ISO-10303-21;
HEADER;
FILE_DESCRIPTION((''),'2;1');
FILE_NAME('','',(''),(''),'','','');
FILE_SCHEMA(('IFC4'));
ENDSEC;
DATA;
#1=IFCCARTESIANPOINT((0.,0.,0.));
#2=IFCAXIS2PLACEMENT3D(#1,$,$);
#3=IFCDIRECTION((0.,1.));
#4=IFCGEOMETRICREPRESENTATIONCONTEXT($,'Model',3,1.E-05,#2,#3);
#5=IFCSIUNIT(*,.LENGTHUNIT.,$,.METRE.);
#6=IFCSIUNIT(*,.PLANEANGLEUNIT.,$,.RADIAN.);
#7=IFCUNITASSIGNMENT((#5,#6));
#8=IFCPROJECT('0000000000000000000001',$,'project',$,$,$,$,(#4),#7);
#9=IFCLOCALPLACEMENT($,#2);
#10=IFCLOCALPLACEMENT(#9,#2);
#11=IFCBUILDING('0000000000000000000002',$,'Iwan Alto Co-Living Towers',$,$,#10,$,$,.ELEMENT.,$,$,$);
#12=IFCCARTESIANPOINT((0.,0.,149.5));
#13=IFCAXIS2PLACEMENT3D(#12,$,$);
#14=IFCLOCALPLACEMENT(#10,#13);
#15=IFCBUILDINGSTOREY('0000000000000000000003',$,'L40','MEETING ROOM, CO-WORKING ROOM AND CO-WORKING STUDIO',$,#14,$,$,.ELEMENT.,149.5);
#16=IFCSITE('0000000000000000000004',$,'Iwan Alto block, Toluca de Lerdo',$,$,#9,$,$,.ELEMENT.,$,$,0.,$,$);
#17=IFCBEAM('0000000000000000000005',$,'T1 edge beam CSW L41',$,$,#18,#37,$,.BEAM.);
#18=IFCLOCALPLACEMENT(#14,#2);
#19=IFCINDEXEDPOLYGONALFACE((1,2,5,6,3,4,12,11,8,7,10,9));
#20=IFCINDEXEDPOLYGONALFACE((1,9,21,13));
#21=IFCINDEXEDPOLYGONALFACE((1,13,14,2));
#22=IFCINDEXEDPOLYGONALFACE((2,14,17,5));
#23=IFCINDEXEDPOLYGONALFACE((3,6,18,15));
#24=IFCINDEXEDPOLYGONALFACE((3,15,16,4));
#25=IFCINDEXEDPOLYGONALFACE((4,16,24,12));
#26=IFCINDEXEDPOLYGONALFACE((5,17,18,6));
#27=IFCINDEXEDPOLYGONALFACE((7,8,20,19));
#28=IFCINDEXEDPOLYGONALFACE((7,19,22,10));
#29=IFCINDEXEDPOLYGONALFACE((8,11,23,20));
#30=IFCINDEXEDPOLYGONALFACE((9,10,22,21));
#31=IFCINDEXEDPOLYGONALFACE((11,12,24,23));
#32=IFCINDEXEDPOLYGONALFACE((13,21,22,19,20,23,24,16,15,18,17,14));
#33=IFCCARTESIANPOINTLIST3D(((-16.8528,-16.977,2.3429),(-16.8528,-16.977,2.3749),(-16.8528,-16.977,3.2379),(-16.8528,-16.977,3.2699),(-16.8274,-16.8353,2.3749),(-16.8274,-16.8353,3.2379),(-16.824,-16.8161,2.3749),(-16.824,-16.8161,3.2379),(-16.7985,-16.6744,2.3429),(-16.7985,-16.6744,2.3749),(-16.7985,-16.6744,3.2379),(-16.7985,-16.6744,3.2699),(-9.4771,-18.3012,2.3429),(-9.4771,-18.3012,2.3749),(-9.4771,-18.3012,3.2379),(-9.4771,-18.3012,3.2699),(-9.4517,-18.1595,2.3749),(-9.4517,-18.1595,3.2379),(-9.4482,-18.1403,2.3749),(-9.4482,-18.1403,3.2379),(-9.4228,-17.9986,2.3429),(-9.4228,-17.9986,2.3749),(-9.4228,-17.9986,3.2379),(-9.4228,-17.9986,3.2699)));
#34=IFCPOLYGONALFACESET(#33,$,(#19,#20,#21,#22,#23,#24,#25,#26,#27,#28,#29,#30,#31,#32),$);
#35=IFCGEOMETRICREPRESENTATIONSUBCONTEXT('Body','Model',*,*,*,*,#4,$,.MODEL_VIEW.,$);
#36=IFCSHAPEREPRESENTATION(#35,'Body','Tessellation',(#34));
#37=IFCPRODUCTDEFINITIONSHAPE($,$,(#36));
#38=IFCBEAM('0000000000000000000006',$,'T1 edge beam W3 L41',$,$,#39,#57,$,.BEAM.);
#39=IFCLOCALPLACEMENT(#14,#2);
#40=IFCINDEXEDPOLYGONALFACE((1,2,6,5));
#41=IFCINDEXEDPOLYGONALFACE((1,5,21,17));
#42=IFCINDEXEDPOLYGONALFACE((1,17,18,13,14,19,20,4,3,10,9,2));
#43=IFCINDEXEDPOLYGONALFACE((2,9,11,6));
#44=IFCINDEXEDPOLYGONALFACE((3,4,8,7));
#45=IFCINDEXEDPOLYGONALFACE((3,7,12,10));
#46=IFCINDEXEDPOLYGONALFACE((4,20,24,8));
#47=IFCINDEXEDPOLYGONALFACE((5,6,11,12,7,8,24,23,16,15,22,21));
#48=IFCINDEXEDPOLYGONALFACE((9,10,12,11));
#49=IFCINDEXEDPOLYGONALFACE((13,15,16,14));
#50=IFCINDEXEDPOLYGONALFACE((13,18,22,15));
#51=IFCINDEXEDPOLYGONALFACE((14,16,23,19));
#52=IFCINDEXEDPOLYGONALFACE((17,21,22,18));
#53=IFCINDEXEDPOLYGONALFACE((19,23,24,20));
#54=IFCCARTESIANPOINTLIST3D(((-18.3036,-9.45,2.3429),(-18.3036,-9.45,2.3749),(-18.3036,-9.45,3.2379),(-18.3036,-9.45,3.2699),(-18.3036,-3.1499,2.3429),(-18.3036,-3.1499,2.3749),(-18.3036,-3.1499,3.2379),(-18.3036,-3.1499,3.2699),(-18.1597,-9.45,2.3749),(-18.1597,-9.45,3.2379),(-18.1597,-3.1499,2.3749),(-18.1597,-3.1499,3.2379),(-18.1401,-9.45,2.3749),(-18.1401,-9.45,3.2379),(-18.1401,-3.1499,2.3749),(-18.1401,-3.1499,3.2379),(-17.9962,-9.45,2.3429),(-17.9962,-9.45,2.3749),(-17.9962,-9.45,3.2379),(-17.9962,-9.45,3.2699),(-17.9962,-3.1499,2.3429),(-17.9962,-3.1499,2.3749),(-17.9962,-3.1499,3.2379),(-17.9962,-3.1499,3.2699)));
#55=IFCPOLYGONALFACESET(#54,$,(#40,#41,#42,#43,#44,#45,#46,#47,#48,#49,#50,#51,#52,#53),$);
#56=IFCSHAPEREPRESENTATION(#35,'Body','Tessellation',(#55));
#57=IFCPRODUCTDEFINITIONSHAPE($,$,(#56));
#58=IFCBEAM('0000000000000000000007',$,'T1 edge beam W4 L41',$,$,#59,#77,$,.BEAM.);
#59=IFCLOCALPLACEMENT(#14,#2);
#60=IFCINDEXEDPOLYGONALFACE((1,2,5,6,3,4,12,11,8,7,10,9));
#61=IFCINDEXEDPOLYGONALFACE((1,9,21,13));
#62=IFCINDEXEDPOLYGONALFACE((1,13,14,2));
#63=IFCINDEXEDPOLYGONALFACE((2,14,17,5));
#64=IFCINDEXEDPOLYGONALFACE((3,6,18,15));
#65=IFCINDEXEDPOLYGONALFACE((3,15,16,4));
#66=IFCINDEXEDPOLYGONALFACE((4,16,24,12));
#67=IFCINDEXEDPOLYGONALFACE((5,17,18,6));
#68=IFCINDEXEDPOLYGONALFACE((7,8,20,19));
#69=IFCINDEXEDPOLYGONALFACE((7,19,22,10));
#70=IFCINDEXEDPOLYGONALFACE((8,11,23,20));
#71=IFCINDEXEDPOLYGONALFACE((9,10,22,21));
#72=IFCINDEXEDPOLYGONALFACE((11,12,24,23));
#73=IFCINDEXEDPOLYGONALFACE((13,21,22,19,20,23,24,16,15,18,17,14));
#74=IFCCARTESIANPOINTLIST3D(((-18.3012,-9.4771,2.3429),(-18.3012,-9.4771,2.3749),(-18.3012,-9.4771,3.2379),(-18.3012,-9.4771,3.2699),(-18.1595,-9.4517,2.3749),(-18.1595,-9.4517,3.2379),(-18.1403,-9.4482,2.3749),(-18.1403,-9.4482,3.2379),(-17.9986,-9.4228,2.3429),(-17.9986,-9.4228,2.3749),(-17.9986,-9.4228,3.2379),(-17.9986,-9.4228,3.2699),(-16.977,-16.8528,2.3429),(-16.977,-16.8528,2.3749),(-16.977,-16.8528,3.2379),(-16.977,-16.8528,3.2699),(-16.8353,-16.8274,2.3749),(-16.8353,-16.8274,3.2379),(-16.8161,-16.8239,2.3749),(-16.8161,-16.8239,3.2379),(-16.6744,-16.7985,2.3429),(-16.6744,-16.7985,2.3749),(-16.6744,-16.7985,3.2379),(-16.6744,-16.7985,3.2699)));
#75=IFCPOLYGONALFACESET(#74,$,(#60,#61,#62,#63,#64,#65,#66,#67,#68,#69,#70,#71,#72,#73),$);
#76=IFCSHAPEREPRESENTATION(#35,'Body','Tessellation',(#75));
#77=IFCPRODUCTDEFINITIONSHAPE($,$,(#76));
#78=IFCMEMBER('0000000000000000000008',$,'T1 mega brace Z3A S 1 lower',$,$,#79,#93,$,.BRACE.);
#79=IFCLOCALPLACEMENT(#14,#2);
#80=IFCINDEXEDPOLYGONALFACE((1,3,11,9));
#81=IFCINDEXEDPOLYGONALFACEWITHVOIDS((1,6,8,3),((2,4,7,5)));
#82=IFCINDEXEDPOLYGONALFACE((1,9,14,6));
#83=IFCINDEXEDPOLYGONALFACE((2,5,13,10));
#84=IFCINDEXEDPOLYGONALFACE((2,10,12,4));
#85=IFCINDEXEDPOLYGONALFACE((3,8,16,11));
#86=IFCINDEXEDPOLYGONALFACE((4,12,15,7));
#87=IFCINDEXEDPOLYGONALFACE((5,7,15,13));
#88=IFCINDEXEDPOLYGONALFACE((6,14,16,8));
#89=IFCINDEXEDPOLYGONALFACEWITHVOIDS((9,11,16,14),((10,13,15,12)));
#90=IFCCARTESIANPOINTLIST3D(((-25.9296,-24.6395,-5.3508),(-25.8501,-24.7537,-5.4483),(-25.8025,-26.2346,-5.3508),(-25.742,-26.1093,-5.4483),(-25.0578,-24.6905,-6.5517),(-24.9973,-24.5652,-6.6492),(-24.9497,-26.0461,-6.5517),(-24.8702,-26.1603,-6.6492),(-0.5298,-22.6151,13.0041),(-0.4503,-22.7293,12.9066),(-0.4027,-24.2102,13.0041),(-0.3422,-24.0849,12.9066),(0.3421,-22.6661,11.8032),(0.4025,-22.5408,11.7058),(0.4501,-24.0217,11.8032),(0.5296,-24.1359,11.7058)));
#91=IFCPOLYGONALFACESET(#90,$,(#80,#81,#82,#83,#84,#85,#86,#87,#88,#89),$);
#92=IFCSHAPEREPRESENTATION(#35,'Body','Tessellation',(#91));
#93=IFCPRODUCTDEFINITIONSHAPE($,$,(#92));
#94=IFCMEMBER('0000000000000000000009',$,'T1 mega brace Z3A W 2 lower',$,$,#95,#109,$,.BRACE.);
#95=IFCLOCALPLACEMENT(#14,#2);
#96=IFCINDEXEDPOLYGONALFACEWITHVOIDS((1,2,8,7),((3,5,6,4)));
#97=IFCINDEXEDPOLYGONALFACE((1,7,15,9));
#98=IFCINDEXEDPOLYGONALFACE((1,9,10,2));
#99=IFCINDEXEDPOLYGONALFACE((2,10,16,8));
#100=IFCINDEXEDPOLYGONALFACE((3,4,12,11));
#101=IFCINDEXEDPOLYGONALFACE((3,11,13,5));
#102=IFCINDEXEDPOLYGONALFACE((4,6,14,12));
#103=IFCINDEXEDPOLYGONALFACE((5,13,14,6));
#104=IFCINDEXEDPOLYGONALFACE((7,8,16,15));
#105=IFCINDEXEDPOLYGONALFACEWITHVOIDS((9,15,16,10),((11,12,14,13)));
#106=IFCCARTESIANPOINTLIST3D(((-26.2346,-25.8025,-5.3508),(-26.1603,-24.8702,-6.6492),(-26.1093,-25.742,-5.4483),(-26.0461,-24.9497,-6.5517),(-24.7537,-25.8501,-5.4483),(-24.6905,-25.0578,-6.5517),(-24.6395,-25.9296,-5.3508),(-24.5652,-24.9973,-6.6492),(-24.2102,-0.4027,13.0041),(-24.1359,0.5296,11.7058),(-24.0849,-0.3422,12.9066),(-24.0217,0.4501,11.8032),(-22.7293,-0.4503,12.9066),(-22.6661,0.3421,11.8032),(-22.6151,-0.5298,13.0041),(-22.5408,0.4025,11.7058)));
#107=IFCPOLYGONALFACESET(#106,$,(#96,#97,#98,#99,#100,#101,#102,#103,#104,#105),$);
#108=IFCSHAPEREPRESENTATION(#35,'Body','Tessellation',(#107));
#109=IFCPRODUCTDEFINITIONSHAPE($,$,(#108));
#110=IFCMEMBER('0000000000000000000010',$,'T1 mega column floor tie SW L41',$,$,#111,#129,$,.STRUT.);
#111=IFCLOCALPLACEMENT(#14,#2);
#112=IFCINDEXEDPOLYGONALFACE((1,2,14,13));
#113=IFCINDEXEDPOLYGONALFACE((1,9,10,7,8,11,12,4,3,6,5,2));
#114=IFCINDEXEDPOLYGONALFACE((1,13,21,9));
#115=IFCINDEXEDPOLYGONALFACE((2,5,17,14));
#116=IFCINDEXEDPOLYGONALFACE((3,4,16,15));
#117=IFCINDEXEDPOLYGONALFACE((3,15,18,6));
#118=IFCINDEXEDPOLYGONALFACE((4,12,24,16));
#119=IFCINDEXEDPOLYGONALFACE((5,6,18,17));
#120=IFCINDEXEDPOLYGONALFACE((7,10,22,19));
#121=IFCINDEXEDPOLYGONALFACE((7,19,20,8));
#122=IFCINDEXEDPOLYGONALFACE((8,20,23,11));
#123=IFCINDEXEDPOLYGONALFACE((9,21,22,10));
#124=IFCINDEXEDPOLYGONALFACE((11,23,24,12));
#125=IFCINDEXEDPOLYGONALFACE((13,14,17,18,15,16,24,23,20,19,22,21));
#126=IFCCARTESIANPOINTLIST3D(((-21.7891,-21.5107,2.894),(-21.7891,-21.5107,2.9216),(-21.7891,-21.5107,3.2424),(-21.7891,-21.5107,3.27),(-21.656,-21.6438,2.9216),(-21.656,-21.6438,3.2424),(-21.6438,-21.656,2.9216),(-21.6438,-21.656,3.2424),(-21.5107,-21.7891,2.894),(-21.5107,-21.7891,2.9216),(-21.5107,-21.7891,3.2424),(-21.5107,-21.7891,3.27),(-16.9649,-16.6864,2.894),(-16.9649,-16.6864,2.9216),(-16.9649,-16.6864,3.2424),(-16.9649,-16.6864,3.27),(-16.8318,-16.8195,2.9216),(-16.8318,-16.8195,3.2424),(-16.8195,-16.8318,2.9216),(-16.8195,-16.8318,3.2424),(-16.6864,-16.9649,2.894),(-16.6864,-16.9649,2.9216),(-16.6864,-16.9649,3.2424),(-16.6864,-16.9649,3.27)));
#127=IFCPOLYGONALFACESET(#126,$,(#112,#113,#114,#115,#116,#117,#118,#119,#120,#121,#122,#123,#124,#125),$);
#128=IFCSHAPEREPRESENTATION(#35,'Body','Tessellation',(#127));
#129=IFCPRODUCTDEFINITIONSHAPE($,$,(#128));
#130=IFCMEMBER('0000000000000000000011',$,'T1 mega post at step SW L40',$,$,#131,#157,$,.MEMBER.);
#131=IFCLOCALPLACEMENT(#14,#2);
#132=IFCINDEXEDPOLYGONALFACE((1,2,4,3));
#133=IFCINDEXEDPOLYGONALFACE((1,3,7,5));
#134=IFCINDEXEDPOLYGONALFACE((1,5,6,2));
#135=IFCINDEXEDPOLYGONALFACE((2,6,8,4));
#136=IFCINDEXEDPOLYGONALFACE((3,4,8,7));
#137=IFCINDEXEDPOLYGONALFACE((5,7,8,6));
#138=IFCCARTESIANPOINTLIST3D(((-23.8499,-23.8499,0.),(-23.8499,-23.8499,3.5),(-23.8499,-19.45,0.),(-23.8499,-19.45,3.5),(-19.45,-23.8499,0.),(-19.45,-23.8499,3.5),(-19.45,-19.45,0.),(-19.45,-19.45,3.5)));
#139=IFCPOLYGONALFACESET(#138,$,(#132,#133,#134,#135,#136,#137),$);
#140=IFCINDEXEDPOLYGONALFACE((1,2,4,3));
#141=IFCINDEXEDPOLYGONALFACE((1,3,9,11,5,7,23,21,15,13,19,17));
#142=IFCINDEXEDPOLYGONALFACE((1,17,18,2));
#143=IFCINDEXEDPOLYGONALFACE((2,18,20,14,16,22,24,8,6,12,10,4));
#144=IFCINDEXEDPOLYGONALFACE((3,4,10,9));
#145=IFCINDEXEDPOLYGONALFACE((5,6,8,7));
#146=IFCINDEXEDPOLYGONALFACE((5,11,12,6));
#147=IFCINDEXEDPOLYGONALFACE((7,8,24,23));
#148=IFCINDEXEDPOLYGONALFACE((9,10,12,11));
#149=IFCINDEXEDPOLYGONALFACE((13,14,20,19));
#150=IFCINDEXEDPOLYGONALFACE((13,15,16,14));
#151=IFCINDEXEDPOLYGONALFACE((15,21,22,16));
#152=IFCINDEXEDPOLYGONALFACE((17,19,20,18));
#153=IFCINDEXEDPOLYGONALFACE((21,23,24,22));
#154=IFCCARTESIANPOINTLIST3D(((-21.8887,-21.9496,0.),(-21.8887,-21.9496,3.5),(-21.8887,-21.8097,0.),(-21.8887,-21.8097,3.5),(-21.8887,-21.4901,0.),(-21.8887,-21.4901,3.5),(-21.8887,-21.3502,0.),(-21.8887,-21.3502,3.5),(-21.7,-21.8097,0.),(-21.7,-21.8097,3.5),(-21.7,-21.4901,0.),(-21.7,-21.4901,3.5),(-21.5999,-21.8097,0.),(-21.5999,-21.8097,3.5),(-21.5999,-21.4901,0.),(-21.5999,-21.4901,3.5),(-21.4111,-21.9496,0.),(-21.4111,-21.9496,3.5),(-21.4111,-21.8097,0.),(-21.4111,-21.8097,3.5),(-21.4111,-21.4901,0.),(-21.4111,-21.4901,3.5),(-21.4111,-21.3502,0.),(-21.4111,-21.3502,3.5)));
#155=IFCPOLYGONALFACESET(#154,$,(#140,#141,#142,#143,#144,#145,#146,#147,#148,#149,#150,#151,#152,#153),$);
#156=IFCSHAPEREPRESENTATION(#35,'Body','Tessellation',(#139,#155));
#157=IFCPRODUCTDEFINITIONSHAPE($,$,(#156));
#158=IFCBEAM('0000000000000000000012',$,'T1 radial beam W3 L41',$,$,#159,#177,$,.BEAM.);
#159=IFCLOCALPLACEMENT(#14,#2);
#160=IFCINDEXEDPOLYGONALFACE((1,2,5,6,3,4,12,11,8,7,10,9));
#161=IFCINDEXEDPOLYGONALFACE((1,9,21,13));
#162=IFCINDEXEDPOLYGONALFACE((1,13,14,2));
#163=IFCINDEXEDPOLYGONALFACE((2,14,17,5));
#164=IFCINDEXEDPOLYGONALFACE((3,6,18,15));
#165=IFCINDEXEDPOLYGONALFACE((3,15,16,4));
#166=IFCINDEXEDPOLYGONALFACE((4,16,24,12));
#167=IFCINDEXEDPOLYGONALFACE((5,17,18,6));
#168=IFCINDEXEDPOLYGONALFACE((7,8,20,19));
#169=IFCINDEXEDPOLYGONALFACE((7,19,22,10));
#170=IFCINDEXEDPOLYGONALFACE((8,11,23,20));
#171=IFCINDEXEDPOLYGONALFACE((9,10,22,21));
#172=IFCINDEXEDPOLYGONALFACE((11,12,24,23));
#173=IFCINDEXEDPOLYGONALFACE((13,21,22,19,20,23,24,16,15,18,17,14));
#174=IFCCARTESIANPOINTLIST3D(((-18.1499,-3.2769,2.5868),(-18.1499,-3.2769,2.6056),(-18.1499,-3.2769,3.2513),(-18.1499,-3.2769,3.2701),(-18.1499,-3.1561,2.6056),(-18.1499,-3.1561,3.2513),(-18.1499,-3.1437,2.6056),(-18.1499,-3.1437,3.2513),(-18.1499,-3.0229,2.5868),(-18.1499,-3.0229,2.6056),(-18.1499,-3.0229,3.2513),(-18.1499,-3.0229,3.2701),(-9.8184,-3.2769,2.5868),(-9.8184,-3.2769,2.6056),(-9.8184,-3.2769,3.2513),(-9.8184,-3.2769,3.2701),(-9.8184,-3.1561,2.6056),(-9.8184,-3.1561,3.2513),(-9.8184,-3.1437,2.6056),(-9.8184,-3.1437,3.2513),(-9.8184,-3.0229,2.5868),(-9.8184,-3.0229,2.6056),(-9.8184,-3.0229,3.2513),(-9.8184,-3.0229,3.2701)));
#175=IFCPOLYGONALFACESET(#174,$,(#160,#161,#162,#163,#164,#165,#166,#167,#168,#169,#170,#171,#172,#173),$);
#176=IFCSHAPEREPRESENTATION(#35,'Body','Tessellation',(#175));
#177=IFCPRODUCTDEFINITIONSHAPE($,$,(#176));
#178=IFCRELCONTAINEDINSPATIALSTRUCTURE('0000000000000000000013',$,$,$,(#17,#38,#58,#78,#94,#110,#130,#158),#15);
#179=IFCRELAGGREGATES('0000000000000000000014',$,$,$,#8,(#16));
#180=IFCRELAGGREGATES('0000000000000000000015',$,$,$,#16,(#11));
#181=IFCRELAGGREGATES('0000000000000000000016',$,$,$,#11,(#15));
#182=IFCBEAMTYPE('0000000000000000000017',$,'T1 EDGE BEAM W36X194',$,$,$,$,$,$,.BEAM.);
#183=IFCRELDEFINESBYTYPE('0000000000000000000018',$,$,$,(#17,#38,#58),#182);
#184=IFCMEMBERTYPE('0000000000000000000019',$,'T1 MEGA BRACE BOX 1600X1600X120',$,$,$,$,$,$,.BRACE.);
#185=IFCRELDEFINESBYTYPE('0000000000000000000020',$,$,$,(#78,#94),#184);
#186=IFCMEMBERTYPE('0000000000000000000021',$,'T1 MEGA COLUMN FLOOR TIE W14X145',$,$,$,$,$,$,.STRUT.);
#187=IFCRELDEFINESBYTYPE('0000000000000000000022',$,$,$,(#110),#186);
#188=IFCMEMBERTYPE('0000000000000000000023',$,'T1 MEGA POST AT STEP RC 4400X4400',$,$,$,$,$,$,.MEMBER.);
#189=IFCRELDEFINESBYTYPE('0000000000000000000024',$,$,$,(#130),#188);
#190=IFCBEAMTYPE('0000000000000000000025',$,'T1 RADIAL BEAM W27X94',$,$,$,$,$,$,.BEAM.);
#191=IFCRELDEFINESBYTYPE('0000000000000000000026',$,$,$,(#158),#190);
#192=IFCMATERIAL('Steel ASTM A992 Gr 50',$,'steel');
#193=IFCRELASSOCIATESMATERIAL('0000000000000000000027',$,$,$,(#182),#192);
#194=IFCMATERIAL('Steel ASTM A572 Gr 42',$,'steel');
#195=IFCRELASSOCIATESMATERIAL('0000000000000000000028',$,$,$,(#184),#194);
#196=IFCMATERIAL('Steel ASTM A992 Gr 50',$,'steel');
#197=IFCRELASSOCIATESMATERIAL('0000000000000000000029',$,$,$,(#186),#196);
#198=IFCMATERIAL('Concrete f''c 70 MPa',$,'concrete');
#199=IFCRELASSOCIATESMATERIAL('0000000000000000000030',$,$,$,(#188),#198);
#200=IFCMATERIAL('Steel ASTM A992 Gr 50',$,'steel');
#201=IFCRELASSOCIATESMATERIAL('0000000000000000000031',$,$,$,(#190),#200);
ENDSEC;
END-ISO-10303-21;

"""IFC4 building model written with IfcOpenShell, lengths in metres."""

from ifc_helpers import new_model, si_unit, direction, frame, origin, origin_2d, place, context, subcontext, project, spatial, rectangle, hollow_rectangle, i_section, extrude, material, material_profile, profile_set, type_object, element, save


model = new_model("IFC4")

# Units and contexts
model_context = context("Model", 3, precision=1e-05, world=origin(), true_north=direction((0.0, 1.0)))
body_context = subcontext(model_context, "Body", "Model", "MODEL_VIEW")
ifc_project = project(units=[si_unit("LENGTHUNIT", "METRE"), si_unit("PLANEANGLEUNIT", "RADIAN")], contexts=[model_context])

# Site, building, storey
site_placement = place(None, origin())
site = spatial("IfcSite", under=ifc_project, at=site_placement, Name="Iwan Alto block, Toluca de Lerdo", CompositionType="ELEMENT", RefElevation=0.0)
building_placement = place(site_placement, origin())
building = spatial("IfcBuilding", under=site, at=building_placement, Name="Iwan Alto Co-Living Towers", CompositionType="ELEMENT")
storey_placement = place(building_placement, frame((0.0, 0.0, 149.5)))
storey = spatial("IfcBuildingStorey", under=building, at=storey_placement, Name="L40", Description="MEETING ROOM, CO-WORKING ROOM AND CO-WORKING STUDIO", CompositionType="ELEMENT", Elevation=149.5)

# Beams
ifc_material_1 = material(Name="Steel ASTM A992 Gr 50", Category="steel")
ifc_material_profile_1 = material_profile(ifc_material_1, i_section(OverallWidth=0.3074, OverallDepth=0.927, WebThickness=0.0195, FlangeThickness=0.032, at=origin_2d()), Name="W36X194")
ifc_profile_set_1 = profile_set([ifc_material_profile_1], Name="Steel ASTM A992 Gr 50")
beam_type_1 = type_object("IfcBeamType", Name="T1 EDGE BEAM W36X194", PredefinedType="BEAM", material=ifc_profile_set_1)
beam_1_placement = place(storey_placement, frame((-16.8257, -16.8257, 2.8064), z_axis=(0.984263, -0.176712, 0.0), x_axis=(0.176712, 0.984263, 0.0)))
element("IfcBeam", 1, at=beam_1_placement, inside=storey, type_object=beam_type_1, Name="T1 edge beam CSW L41", PredefinedType="BEAM", context=body_context, shape_type="SweptSolid", body=[
    extrude(i_section(OverallWidth=0.3074, OverallDepth=0.927, WebThickness=0.0195, FlangeThickness=0.032, at=origin_2d()), origin(), (0.0, 0.0, 1.0), 7.4937),
])
beam_2_placement = place(storey_placement, frame((-18.1499, -3.1499, 2.8064), z_axis=(0.0, -1.0, 0.0), x_axis=(1.0, 0.0, 0.0)))
element("IfcBeam", 2, at=beam_2_placement, inside=storey, type_object=beam_type_1, Name="T1 edge beam W3 L41", PredefinedType="BEAM", context=body_context, shape_type="SweptSolid", body=[
    extrude(i_section(OverallWidth=0.3074, OverallDepth=0.927, WebThickness=0.0195, FlangeThickness=0.032, at=origin_2d()), origin(), (0.0, 0.0, 1.0), 6.3),
])
beam_3_placement = place(storey_placement, frame((-18.1499, -9.45, 2.8064), z_axis=(0.176712, -0.984263, 0.0), x_axis=(0.984263, 0.176712, 0.0)))
element("IfcBeam", 3, at=beam_3_placement, inside=storey, type_object=beam_type_1, Name="T1 edge beam W4 L41", PredefinedType="BEAM", context=body_context, shape_type="SweptSolid", body=[
    extrude(i_section(OverallWidth=0.3074, OverallDepth=0.927, WebThickness=0.0195, FlangeThickness=0.032, at=origin_2d()), origin(), (0.0, 0.0, 1.0), 7.4937),
])

# Members
ifc_material_2 = material(Name="Steel ASTM A572 Gr 42", Category="steel")
ifc_material_profile_2 = material_profile(ifc_material_2, hollow_rectangle(XDim=1.6001, YDim=1.6001, WallThickness=0.1201, at=origin_2d()), Name="BOX 1600X1600X120")
ifc_profile_set_2 = profile_set([ifc_material_profile_2], Name="Steel ASTM A572 Gr 42")
member_type_1 = type_object("IfcMemberType", Name="T1 MEGA BRACE BOX 1600X1600X120", PredefinedType="BRACE", material=ifc_profile_set_2)
for number, where, z_axis, x_axis, name in (
    (4, (-25.3999, -25.3999, -6.0), (0.808833, 0.064465, 0.584495), (-0.07945, 0.996839, 0.0), "T1 mega brace Z3A S 1 lower"),
    (5, (-25.3999, -25.3999, -6.0), (0.064465, 0.808833, 0.584495), (-0.996839, 0.07945, 0.0), "T1 mega brace Z3A W 2 lower"),
):
    element("IfcMember", number, at=place(storey_placement, frame(where, z_axis=z_axis, x_axis=x_axis)), inside=storey, type_object=member_type_1, Name=name, PredefinedType="BRACE", context=body_context, shape_type="SweptSolid", body=[
        extrude(hollow_rectangle(XDim=1.6001, YDim=1.6001, WallThickness=0.1201, at=origin_2d()), origin(), (0.0, 0.0, 1.0), 31.4031),
    ])
ifc_material_3 = material(Name="Steel ASTM A992 Gr 50", Category="steel")
ifc_material_profile_3 = material_profile(ifc_material_3, i_section(OverallWidth=0.3938, OverallDepth=0.376, WebThickness=0.0173, FlangeThickness=0.0276, at=origin_2d()), Name="W14X145")
ifc_profile_set_3 = profile_set([ifc_material_profile_3], Name="Steel ASTM A992 Gr 50")
member_type_2 = type_object("IfcMemberType", Name="T1 MEGA COLUMN FLOOR TIE W14X145", PredefinedType="STRUT", material=ifc_profile_set_3)
member_1_placement = place(storey_placement, frame((-21.6499, -21.6499, 3.082), z_axis=(0.707107, 0.707107, 0.0), x_axis=(-0.707107, 0.707107, 0.0)))
element("IfcMember", 6, at=member_1_placement, inside=storey, type_object=member_type_2, Name="T1 mega column floor tie SW L41", PredefinedType="STRUT", context=body_context, shape_type="SweptSolid", body=[
    extrude(i_section(OverallWidth=0.3938, OverallDepth=0.376, WebThickness=0.0173, FlangeThickness=0.0276, at=origin_2d()), origin(), (0.0, 0.0, 1.0), 6.8225),
])
ifc_material_4 = material(Name="Concrete f'c 70 MPa", Category="concrete")
ifc_material_profile_4 = material_profile(ifc_material_4, rectangle(XDim=4.3999, YDim=4.3999, at=origin_2d()), Name="RC 4400X4400")
ifc_profile_set_4 = profile_set([ifc_material_profile_4], Name="Concrete f'c 70 MPa")
member_type_3 = type_object("IfcMemberType", Name="T1 MEGA POST AT STEP RC 4400X4400", PredefinedType="MEMBER", material=ifc_profile_set_4)
member_2_placement = place(storey_placement, frame((-21.6499, -21.6499, 0.0), z_axis=(0.0, 0.0, 1.0), x_axis=(1.0, 0.0, 0.0)))
element("IfcMember", 7, at=member_2_placement, inside=storey, type_object=member_type_3, Name="T1 mega post at step SW L40", PredefinedType="MEMBER", context=body_context, shape_type="SweptSolid", body=[
    extrude(rectangle(XDim=4.3999, YDim=4.3999, at=origin_2d()), origin(), (0.0, 0.0, 1.0), 3.5),
    extrude(i_section(OverallWidth=0.4775, OverallDepth=0.5994, WebThickness=0.1001, FlangeThickness=0.1399, at=origin_2d()), origin(), (0.0, 0.0, 1.0), 3.5),
])

# Beam
ifc_material_5 = material(Name="Steel ASTM A992 Gr 50", Category="steel")
ifc_material_profile_5 = material_profile(ifc_material_5, i_section(OverallWidth=0.2539, OverallDepth=0.6833, WebThickness=0.0125, FlangeThickness=0.0188, at=origin_2d()), Name="W27X94")
ifc_profile_set_5 = profile_set([ifc_material_profile_5], Name="Steel ASTM A992 Gr 50")
beam_type_2 = type_object("IfcBeamType", Name="T1 RADIAL BEAM W27X94", PredefinedType="BEAM", material=ifc_profile_set_5)
for number, where, z_axis, x_axis, name in (
    (8, (-18.1499, -3.1499, 2.9285), (1.0, 0.0, 0.0), (0.0, 1.0, 0.0), "T1 radial beam W3 L41"),
):
    element("IfcBeam", number, at=place(storey_placement, frame(where, z_axis=z_axis, x_axis=x_axis)), inside=storey, type_object=beam_type_2, Name=name, PredefinedType="BEAM", context=body_context, shape_type="SweptSolid", body=[
        extrude(i_section(OverallWidth=0.2539, OverallDepth=0.6833, WebThickness=0.0125, FlangeThickness=0.0188, at=origin_2d()), origin(), (0.0, 0.0, 1.0), 8.3315),
    ])

save(model, "model.ifc")
